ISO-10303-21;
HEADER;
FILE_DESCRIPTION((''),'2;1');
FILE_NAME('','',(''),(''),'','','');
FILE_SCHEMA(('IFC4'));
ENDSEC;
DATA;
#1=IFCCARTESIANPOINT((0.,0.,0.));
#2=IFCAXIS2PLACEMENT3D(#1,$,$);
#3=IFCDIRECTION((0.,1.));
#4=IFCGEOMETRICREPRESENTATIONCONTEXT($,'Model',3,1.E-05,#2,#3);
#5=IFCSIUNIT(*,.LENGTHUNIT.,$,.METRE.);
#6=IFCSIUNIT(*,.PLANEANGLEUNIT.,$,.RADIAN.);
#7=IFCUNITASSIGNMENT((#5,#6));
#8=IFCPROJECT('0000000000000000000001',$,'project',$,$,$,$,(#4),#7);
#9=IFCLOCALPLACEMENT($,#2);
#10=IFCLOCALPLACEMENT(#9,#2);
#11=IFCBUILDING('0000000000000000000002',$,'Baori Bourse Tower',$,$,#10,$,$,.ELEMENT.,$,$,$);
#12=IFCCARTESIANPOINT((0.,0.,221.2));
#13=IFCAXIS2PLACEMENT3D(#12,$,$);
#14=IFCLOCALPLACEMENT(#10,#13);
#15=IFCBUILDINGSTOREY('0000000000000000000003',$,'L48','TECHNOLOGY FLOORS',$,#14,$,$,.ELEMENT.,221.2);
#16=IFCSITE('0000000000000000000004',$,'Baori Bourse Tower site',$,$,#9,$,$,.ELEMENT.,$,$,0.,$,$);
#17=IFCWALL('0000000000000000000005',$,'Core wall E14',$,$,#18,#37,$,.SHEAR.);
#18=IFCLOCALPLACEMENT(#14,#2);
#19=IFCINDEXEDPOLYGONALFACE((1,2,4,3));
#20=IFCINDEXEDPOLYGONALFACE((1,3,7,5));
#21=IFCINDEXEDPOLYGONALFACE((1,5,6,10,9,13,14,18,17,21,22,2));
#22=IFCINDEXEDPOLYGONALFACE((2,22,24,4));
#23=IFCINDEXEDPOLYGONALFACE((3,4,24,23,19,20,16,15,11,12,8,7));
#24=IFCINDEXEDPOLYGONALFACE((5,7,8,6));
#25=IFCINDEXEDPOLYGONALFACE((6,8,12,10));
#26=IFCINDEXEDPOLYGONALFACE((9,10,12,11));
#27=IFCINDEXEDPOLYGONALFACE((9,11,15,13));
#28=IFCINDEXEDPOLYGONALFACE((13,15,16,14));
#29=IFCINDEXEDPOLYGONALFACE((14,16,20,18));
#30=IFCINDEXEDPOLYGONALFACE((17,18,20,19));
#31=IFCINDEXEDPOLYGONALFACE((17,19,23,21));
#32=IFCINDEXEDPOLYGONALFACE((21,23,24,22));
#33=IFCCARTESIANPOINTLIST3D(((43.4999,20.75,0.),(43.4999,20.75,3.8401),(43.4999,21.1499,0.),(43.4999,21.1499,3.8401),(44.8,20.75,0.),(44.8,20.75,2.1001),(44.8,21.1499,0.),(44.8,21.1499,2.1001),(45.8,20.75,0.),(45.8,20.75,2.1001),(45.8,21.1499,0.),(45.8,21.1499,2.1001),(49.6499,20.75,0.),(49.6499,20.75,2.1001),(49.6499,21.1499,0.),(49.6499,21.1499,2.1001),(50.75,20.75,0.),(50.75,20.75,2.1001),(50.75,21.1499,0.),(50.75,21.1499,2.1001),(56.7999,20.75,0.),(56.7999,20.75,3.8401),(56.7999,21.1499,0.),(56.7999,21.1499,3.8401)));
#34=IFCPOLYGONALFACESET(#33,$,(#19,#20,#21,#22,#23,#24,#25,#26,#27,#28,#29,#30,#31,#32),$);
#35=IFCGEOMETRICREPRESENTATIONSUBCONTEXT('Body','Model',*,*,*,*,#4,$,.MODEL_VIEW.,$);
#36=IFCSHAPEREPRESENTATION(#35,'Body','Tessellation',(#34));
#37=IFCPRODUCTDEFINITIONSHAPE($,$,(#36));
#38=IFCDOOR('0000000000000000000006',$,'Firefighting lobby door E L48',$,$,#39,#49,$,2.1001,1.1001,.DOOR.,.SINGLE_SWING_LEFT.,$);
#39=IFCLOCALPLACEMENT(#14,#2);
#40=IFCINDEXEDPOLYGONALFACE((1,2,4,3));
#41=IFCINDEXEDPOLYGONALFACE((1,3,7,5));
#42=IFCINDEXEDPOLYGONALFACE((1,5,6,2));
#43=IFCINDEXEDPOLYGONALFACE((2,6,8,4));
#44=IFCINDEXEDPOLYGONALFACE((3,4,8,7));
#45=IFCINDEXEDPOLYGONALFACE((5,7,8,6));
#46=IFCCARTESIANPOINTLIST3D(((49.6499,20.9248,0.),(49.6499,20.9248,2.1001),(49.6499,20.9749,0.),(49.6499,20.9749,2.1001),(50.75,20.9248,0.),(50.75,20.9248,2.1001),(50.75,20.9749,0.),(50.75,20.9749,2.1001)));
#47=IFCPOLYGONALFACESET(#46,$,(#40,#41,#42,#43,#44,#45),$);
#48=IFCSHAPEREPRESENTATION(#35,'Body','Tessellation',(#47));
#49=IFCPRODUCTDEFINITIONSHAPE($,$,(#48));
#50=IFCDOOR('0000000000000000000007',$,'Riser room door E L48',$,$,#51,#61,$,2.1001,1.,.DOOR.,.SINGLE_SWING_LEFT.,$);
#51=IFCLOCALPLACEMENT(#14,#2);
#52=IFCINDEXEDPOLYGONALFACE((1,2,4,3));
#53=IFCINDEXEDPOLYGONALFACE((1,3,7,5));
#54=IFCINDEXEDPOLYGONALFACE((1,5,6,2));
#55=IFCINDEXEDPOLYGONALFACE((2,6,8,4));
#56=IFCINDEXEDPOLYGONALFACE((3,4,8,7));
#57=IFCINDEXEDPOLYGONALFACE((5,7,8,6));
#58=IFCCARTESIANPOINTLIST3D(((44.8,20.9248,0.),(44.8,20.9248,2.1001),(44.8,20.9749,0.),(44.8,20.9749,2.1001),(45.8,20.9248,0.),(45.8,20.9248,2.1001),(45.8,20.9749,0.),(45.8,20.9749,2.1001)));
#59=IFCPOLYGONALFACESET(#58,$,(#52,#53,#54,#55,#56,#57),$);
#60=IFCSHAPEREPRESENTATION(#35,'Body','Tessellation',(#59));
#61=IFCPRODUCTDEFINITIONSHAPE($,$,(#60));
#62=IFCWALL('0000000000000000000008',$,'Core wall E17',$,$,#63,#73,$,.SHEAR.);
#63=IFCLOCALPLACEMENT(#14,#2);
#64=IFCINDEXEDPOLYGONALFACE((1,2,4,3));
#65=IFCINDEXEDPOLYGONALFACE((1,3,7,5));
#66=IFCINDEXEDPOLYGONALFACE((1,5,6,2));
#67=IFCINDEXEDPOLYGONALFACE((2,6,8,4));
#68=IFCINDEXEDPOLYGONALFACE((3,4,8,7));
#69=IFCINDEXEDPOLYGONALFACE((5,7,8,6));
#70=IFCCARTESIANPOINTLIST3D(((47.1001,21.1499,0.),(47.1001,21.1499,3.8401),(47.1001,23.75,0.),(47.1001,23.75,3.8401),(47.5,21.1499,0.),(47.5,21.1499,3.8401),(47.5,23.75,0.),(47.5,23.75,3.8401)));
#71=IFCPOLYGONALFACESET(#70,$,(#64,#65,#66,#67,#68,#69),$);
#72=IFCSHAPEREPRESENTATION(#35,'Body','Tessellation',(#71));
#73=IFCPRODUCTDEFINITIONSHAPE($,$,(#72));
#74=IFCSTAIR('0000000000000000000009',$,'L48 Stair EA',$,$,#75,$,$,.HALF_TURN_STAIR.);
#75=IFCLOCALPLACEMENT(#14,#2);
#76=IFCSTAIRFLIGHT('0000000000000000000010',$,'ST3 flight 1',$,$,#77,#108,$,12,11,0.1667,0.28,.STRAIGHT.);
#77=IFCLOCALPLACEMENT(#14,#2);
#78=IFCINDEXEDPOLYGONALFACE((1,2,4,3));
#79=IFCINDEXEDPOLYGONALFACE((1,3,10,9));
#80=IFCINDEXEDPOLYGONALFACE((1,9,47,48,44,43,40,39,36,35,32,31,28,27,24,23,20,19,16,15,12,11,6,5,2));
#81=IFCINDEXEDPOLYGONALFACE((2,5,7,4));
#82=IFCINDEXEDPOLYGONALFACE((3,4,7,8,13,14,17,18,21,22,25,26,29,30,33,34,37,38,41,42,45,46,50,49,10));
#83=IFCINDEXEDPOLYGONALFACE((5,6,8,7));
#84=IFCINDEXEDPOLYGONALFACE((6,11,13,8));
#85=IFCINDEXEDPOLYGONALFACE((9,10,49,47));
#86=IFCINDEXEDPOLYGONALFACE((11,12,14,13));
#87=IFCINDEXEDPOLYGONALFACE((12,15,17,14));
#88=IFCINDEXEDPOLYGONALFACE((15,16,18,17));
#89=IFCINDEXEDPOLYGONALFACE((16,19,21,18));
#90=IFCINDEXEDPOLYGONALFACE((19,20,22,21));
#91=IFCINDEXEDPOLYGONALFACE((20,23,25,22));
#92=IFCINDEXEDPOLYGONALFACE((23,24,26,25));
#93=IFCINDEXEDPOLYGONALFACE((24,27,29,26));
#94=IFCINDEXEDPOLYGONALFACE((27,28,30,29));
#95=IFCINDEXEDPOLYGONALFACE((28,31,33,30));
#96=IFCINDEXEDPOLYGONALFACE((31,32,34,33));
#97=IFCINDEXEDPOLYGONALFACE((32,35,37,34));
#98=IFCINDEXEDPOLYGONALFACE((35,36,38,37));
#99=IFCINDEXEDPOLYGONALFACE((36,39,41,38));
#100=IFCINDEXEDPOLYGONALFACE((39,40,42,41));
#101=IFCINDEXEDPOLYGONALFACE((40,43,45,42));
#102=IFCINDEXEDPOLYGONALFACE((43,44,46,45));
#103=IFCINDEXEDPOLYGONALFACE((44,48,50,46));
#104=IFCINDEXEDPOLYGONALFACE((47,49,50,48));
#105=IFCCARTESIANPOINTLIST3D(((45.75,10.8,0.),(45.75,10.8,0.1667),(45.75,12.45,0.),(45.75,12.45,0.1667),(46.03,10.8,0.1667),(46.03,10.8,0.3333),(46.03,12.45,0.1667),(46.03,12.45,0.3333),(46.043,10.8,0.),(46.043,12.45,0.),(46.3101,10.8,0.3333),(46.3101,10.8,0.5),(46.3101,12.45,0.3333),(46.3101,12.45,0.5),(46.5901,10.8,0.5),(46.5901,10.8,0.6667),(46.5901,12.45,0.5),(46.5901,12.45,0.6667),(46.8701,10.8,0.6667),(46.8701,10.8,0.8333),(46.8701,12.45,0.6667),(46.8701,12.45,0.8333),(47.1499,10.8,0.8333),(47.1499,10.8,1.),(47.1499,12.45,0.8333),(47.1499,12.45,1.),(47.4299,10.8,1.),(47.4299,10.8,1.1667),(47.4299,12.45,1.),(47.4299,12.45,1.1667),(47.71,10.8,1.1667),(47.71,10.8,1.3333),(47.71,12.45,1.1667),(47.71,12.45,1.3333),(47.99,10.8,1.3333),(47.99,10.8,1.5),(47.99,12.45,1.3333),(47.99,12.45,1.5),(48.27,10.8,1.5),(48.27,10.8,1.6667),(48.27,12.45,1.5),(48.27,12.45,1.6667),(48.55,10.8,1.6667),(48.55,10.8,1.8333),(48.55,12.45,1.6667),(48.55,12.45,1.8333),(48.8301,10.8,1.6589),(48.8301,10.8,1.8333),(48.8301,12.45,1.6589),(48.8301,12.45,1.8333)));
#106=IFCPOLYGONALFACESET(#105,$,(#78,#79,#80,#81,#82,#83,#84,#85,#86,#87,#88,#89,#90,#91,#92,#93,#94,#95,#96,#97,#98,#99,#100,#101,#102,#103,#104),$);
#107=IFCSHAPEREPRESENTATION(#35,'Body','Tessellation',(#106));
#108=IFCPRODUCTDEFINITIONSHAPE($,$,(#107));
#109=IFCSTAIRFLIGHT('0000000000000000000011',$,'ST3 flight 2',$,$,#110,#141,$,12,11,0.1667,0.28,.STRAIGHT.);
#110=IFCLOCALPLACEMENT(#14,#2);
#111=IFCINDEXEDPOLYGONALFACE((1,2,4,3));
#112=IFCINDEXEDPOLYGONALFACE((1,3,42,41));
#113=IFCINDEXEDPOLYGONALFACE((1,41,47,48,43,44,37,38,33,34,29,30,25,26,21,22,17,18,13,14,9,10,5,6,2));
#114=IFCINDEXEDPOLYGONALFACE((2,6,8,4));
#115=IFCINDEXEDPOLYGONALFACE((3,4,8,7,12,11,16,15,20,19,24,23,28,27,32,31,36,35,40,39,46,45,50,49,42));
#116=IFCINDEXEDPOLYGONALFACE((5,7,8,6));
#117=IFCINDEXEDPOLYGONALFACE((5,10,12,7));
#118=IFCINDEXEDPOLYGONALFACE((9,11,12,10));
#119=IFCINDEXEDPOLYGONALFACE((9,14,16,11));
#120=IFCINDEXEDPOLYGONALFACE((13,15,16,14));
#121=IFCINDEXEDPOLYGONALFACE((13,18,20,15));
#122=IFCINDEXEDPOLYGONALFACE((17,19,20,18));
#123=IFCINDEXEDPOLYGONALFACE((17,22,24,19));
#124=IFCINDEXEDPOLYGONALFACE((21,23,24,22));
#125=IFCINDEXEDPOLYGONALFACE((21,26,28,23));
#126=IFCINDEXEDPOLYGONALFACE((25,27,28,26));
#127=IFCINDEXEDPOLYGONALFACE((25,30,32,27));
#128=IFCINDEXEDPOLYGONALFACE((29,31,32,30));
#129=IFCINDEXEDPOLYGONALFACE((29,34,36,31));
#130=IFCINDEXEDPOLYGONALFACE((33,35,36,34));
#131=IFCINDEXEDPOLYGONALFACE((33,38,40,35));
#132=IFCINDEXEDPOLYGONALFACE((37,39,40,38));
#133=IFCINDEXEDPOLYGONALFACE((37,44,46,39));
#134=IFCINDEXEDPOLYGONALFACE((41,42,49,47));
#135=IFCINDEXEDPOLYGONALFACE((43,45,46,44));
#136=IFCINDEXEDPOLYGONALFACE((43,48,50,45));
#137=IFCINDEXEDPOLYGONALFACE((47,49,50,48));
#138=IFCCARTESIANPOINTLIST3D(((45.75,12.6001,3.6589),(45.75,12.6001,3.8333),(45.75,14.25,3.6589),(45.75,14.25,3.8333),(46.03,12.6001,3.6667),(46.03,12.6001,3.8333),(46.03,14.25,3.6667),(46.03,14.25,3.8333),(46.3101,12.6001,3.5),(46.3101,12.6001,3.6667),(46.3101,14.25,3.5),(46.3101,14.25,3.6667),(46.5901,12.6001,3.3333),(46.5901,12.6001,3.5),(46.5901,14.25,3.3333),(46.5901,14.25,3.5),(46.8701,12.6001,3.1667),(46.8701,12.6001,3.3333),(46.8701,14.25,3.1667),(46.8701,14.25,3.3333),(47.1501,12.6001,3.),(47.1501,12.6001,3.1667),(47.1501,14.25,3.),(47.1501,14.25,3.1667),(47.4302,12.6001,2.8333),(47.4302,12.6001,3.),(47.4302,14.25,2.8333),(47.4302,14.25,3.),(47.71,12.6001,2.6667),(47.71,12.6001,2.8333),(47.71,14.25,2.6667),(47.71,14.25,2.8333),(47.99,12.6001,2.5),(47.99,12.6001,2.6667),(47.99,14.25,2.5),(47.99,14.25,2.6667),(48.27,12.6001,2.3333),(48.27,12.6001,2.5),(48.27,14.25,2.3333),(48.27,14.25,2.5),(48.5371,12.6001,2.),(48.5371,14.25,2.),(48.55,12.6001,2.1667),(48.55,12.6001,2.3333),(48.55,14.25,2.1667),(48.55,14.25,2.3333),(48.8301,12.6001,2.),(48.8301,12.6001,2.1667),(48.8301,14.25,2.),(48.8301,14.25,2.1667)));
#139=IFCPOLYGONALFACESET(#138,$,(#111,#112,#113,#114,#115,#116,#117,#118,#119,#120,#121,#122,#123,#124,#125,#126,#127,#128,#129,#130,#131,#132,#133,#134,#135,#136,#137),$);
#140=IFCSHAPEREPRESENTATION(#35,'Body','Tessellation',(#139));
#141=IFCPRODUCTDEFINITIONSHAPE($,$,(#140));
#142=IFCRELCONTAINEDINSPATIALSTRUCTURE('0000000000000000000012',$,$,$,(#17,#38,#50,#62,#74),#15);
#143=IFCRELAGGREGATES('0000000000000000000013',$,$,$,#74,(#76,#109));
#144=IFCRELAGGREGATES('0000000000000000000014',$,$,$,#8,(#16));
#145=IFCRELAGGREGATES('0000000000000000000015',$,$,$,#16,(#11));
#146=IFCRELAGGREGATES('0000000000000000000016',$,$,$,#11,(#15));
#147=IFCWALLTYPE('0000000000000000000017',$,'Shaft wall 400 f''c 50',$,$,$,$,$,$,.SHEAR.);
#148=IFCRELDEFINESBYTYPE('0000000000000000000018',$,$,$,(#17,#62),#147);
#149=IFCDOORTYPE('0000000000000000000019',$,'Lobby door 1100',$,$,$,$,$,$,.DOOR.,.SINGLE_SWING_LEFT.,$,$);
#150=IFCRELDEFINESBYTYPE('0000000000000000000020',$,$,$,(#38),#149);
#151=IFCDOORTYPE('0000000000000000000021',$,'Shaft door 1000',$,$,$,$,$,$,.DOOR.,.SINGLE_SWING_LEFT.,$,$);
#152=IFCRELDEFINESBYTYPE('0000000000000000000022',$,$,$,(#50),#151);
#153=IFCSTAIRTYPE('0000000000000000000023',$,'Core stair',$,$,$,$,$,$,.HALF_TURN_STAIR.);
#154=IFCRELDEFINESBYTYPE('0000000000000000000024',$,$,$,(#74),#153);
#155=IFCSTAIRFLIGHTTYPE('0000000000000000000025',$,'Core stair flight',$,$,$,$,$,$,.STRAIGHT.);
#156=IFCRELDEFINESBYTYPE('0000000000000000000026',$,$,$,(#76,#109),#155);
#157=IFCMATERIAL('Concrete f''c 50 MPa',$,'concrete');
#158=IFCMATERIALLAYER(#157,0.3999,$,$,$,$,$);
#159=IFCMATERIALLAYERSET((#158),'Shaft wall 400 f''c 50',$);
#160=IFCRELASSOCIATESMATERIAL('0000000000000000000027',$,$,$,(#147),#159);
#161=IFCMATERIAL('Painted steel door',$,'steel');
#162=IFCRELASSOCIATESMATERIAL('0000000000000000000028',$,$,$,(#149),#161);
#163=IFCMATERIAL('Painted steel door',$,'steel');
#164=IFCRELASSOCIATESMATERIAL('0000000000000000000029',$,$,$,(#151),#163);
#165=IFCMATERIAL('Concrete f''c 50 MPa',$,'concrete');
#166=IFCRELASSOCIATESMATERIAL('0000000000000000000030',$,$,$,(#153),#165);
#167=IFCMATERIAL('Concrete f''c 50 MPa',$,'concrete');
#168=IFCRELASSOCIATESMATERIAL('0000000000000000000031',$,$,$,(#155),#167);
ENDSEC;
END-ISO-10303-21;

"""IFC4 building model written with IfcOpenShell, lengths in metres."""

from ifc_helpers import new_model, si_unit, direction, frame, frame_2d, origin, place, context, subcontext, project, spatial, polyline, rectangle, outline, extrude, material, layer, layer_set, type_object, element, fill, aggregate, save


model = new_model("IFC4")

# Units and contexts
model_context = context("Model", 3, precision=1e-05, world=origin(), true_north=direction((0.0, 1.0)))
body_context = subcontext(model_context, "Body", "Model", "MODEL_VIEW")
ifc_project = project(units=[si_unit("LENGTHUNIT", "METRE"), si_unit("PLANEANGLEUNIT", "RADIAN")], contexts=[model_context])

# Site, building, storey
site_placement = place(None, origin())
site = spatial("IfcSite", under=ifc_project, at=site_placement, Name="Baori Bourse Tower site", CompositionType="ELEMENT", RefElevation=0.0)
building_placement = place(site_placement, origin())
building = spatial("IfcBuilding", under=site, at=building_placement, Name="Baori Bourse Tower", CompositionType="ELEMENT")
storey_placement = place(building_placement, frame((0.0, 0.0, 221.2)))
storey = spatial("IfcBuildingStorey", under=building, at=storey_placement, Name="L48", Description="TECHNOLOGY FLOORS", CompositionType="ELEMENT", Elevation=221.2)

# Shared definitions
ifc_material_1 = material(Name="Concrete f'c 50 MPa", Category="concrete")
ifc_layer_1 = layer(ifc_material_1, 0.3999)
ifc_layer_set_1 = layer_set([ifc_layer_1], Name="Shaft wall 400 f'c 50")
wall_type_1 = type_object("IfcWallType", Name="Shaft wall 400 f'c 50", PredefinedType="SHEAR", material=ifc_layer_set_1)

# Wall, openings, doors
wall_1_placement = place(storey_placement, frame((43.5, 20.95, 0.0), z_axis=(0.0, 0.0, 1.0), x_axis=(1.0, 0.0, 0.0)))
wall_1 = element("IfcWall", 1, at=wall_1_placement, inside=storey, type_object=wall_type_1, Name="Core wall E14", PredefinedType="SHEAR", context=body_context, shape_type="SweptSolid", body=[
    extrude(rectangle(XDim=13.3, YDim=0.3999, at=frame_2d((6.6499, 0.0))), origin(), (0.0, 0.0, 1.0), 3.8401),
])
opening_1_placement = place(wall_1_placement, frame((6.1499, 0.0, 0.0)))
opening_1 = element("IfcOpeningElement", 2, at=opening_1_placement, cuts=wall_1, PredefinedType="OPENING", context=body_context, shape_type="SweptSolid", body=[
    extrude(rectangle(XDim=1.1001, YDim=2.1001, at=frame_2d((0.55, 1.05))), frame((0.0, 0.21, 0.0), z_axis=(0.0, -1.0, 0.0), x_axis=(1.0, 0.0, 0.0)), (0.0, 0.0, 1.0), 0.4199),
])
opening_2_placement = place(wall_1_placement, frame((1.3, 0.0, 0.0)))
opening_2 = element("IfcOpeningElement", 3, at=opening_2_placement, cuts=wall_1, PredefinedType="OPENING", context=body_context, shape_type="SweptSolid", body=[
    extrude(rectangle(XDim=1.0, YDim=2.1001, at=frame_2d((0.5, 1.05))), frame((0.0, 0.21, 0.0), z_axis=(0.0, -1.0, 0.0), x_axis=(1.0, 0.0, 0.0)), (0.0, 0.0, 1.0), 0.4199),
])
ifc_material_2 = material(Name="Painted steel door", Category="steel")
door_type_1 = type_object("IfcDoorType", Name="Lobby door 1100", OperationType="SINGLE_SWING_LEFT", PredefinedType="DOOR", material=ifc_material_2)
door_1_placement = place(opening_1_placement, origin())
door_1 = element("IfcDoor", 4, at=door_1_placement, inside=storey, type_object=door_type_1, Name="Firefighting lobby door E L48", OperationType="SINGLE_SWING_LEFT", OverallHeight=2.1001, OverallWidth=1.1001, PredefinedType="DOOR", context=body_context, shape_type="SweptSolid", body=[
    extrude(rectangle(XDim=1.1001, YDim=2.1001, at=frame_2d((0.55, 1.05))), frame((0.0, 0.0249, 0.0), z_axis=(0.0, -1.0, 0.0), x_axis=(1.0, 0.0, 0.0)), (0.0, 0.0, 1.0), 0.05),
])
fill(opening_1, door_1)
ifc_material_3 = material(Name="Painted steel door", Category="steel")
door_type_2 = type_object("IfcDoorType", Name="Shaft door 1000", OperationType="SINGLE_SWING_LEFT", PredefinedType="DOOR", material=ifc_material_3)
door_2_placement = place(opening_2_placement, origin())
door_2 = element("IfcDoor", 5, at=door_2_placement, inside=storey, type_object=door_type_2, Name="Riser room door E L48", OperationType="SINGLE_SWING_LEFT", OverallHeight=2.1001, OverallWidth=1.0, PredefinedType="DOOR", context=body_context, shape_type="SweptSolid", body=[
    extrude(rectangle(XDim=1.0, YDim=2.1001, at=frame_2d((0.5, 1.05))), frame((0.0, 0.0249, 0.0), z_axis=(0.0, -1.0, 0.0), x_axis=(1.0, 0.0, 0.0)), (0.0, 0.0, 1.0), 0.05),
])
fill(opening_2, door_2)

# Wall
wall_2_placement = place(storey_placement, frame((47.3, 21.1499, 0.0), z_axis=(0.0, 0.0, 1.0), x_axis=(0.0, 1.0, 0.0)))
element("IfcWall", 6, at=wall_2_placement, inside=storey, type_object=wall_type_1, Name="Core wall E17", PredefinedType="SHEAR", context=body_context, shape_type="SweptSolid", body=[
    extrude(rectangle(XDim=2.6001, YDim=0.3999, at=frame_2d((1.3, 0.0))), origin(), (0.0, 0.0, 1.0), 3.8401),
])

# Stair, stair flights
ifc_material_4 = material(Name="Concrete f'c 50 MPa", Category="concrete")
stair_type = type_object("IfcStairType", Name="Core stair", PredefinedType="HALF_TURN_STAIR", material=ifc_material_4)
stair_placement = place(storey_placement, origin())
stair = element("IfcStair", 7, at=stair_placement, inside=storey, type_object=stair_type, Name="L48 Stair EA", PredefinedType="HALF_TURN_STAIR")
ifc_material_5 = material(Name="Concrete f'c 50 MPa", Category="concrete")
stair_flight_type = type_object("IfcStairFlightType", Name="Core stair flight", PredefinedType="STRAIGHT", material=ifc_material_5)
stair_flight_1_placement = place(storey_placement, frame((45.75, 11.625, 0.0), z_axis=(0.0, 0.0, 1.0), x_axis=(1.0, 0.0, 0.0)))
stair_flight_1 = element("IfcStairFlight", 8, at=stair_flight_1_placement, type_object=stair_flight_type, Name="ST3 flight 1", NumberOfRisers=12, NumberOfTreads=11, PredefinedType="STRAIGHT", RiserHeight=0.1667, TreadLength=0.28, context=body_context, shape_type="SweptSolid", body=[
    extrude(outline(polyline([(0.0, 0.0), (0.0, 0.1667), (0.28, 0.1667), (0.28, 0.3333), (0.5601, 0.3333), (0.5601, 0.5), (0.8401, 0.5), (0.8401, 0.6667), (1.1201, 0.6667), (1.1201, 0.8333), (1.3999, 0.8333), (1.3999, 1.0), (1.6799, 1.0), (1.6799, 1.1667), (1.96, 1.1667), (1.96, 1.3333), (2.24, 1.3333), (2.24, 1.5), (2.52, 1.5), (2.52, 1.6667), (2.8, 1.6667), (2.8, 1.8333), (3.0801, 1.8333), (3.0801, 2.0), (3.0801, 1.6589), (0.293, 0.0), (0.0, 0.0)])), frame((0.0, 0.825, 0.0), z_axis=(0.0, -1.0, 0.0), x_axis=(1.0, 0.0, 0.0)), (0.0, 0.0, 1.0), 1.6499),
])
stair_flight_2_placement = place(storey_placement, frame((48.8301, 13.425, 2.0), z_axis=(0.0, 0.0, 1.0), x_axis=(-1.0, 0.0, 0.0)))
stair_flight_2 = element("IfcStairFlight", 9, at=stair_flight_2_placement, type_object=stair_flight_type, Name="ST3 flight 2", NumberOfRisers=12, NumberOfTreads=11, PredefinedType="STRAIGHT", RiserHeight=0.1667, TreadLength=0.28, context=body_context, shape_type="SweptSolid", body=[
    extrude(outline(polyline([(0.0, 0.0), (0.0, 0.1667), (0.28, 0.1667), (0.28, 0.3333), (0.5601, 0.3333), (0.5601, 0.5), (0.8401, 0.5), (0.8401, 0.6667), (1.1201, 0.6667), (1.1201, 0.8333), (1.3999, 0.8333), (1.3999, 1.0), (1.6799, 1.0), (1.6799, 1.1667), (1.96, 1.1667), (1.96, 1.3333), (2.24, 1.3333), (2.24, 1.5), (2.52, 1.5), (2.52, 1.6667), (2.8, 1.6667), (2.8, 1.8333), (3.0801, 1.8333), (3.0801, 2.0), (3.0801, 1.6589), (0.293, 0.0), (0.0, 0.0)])), frame((0.0, 0.825, 0.0), z_axis=(0.0, -1.0, 0.0), x_axis=(1.0, 0.0, 0.0)), (0.0, 0.0, 1.0), 1.6499),
])
aggregate(stair, [stair_flight_1, stair_flight_2])

save(model, "model.ifc")
